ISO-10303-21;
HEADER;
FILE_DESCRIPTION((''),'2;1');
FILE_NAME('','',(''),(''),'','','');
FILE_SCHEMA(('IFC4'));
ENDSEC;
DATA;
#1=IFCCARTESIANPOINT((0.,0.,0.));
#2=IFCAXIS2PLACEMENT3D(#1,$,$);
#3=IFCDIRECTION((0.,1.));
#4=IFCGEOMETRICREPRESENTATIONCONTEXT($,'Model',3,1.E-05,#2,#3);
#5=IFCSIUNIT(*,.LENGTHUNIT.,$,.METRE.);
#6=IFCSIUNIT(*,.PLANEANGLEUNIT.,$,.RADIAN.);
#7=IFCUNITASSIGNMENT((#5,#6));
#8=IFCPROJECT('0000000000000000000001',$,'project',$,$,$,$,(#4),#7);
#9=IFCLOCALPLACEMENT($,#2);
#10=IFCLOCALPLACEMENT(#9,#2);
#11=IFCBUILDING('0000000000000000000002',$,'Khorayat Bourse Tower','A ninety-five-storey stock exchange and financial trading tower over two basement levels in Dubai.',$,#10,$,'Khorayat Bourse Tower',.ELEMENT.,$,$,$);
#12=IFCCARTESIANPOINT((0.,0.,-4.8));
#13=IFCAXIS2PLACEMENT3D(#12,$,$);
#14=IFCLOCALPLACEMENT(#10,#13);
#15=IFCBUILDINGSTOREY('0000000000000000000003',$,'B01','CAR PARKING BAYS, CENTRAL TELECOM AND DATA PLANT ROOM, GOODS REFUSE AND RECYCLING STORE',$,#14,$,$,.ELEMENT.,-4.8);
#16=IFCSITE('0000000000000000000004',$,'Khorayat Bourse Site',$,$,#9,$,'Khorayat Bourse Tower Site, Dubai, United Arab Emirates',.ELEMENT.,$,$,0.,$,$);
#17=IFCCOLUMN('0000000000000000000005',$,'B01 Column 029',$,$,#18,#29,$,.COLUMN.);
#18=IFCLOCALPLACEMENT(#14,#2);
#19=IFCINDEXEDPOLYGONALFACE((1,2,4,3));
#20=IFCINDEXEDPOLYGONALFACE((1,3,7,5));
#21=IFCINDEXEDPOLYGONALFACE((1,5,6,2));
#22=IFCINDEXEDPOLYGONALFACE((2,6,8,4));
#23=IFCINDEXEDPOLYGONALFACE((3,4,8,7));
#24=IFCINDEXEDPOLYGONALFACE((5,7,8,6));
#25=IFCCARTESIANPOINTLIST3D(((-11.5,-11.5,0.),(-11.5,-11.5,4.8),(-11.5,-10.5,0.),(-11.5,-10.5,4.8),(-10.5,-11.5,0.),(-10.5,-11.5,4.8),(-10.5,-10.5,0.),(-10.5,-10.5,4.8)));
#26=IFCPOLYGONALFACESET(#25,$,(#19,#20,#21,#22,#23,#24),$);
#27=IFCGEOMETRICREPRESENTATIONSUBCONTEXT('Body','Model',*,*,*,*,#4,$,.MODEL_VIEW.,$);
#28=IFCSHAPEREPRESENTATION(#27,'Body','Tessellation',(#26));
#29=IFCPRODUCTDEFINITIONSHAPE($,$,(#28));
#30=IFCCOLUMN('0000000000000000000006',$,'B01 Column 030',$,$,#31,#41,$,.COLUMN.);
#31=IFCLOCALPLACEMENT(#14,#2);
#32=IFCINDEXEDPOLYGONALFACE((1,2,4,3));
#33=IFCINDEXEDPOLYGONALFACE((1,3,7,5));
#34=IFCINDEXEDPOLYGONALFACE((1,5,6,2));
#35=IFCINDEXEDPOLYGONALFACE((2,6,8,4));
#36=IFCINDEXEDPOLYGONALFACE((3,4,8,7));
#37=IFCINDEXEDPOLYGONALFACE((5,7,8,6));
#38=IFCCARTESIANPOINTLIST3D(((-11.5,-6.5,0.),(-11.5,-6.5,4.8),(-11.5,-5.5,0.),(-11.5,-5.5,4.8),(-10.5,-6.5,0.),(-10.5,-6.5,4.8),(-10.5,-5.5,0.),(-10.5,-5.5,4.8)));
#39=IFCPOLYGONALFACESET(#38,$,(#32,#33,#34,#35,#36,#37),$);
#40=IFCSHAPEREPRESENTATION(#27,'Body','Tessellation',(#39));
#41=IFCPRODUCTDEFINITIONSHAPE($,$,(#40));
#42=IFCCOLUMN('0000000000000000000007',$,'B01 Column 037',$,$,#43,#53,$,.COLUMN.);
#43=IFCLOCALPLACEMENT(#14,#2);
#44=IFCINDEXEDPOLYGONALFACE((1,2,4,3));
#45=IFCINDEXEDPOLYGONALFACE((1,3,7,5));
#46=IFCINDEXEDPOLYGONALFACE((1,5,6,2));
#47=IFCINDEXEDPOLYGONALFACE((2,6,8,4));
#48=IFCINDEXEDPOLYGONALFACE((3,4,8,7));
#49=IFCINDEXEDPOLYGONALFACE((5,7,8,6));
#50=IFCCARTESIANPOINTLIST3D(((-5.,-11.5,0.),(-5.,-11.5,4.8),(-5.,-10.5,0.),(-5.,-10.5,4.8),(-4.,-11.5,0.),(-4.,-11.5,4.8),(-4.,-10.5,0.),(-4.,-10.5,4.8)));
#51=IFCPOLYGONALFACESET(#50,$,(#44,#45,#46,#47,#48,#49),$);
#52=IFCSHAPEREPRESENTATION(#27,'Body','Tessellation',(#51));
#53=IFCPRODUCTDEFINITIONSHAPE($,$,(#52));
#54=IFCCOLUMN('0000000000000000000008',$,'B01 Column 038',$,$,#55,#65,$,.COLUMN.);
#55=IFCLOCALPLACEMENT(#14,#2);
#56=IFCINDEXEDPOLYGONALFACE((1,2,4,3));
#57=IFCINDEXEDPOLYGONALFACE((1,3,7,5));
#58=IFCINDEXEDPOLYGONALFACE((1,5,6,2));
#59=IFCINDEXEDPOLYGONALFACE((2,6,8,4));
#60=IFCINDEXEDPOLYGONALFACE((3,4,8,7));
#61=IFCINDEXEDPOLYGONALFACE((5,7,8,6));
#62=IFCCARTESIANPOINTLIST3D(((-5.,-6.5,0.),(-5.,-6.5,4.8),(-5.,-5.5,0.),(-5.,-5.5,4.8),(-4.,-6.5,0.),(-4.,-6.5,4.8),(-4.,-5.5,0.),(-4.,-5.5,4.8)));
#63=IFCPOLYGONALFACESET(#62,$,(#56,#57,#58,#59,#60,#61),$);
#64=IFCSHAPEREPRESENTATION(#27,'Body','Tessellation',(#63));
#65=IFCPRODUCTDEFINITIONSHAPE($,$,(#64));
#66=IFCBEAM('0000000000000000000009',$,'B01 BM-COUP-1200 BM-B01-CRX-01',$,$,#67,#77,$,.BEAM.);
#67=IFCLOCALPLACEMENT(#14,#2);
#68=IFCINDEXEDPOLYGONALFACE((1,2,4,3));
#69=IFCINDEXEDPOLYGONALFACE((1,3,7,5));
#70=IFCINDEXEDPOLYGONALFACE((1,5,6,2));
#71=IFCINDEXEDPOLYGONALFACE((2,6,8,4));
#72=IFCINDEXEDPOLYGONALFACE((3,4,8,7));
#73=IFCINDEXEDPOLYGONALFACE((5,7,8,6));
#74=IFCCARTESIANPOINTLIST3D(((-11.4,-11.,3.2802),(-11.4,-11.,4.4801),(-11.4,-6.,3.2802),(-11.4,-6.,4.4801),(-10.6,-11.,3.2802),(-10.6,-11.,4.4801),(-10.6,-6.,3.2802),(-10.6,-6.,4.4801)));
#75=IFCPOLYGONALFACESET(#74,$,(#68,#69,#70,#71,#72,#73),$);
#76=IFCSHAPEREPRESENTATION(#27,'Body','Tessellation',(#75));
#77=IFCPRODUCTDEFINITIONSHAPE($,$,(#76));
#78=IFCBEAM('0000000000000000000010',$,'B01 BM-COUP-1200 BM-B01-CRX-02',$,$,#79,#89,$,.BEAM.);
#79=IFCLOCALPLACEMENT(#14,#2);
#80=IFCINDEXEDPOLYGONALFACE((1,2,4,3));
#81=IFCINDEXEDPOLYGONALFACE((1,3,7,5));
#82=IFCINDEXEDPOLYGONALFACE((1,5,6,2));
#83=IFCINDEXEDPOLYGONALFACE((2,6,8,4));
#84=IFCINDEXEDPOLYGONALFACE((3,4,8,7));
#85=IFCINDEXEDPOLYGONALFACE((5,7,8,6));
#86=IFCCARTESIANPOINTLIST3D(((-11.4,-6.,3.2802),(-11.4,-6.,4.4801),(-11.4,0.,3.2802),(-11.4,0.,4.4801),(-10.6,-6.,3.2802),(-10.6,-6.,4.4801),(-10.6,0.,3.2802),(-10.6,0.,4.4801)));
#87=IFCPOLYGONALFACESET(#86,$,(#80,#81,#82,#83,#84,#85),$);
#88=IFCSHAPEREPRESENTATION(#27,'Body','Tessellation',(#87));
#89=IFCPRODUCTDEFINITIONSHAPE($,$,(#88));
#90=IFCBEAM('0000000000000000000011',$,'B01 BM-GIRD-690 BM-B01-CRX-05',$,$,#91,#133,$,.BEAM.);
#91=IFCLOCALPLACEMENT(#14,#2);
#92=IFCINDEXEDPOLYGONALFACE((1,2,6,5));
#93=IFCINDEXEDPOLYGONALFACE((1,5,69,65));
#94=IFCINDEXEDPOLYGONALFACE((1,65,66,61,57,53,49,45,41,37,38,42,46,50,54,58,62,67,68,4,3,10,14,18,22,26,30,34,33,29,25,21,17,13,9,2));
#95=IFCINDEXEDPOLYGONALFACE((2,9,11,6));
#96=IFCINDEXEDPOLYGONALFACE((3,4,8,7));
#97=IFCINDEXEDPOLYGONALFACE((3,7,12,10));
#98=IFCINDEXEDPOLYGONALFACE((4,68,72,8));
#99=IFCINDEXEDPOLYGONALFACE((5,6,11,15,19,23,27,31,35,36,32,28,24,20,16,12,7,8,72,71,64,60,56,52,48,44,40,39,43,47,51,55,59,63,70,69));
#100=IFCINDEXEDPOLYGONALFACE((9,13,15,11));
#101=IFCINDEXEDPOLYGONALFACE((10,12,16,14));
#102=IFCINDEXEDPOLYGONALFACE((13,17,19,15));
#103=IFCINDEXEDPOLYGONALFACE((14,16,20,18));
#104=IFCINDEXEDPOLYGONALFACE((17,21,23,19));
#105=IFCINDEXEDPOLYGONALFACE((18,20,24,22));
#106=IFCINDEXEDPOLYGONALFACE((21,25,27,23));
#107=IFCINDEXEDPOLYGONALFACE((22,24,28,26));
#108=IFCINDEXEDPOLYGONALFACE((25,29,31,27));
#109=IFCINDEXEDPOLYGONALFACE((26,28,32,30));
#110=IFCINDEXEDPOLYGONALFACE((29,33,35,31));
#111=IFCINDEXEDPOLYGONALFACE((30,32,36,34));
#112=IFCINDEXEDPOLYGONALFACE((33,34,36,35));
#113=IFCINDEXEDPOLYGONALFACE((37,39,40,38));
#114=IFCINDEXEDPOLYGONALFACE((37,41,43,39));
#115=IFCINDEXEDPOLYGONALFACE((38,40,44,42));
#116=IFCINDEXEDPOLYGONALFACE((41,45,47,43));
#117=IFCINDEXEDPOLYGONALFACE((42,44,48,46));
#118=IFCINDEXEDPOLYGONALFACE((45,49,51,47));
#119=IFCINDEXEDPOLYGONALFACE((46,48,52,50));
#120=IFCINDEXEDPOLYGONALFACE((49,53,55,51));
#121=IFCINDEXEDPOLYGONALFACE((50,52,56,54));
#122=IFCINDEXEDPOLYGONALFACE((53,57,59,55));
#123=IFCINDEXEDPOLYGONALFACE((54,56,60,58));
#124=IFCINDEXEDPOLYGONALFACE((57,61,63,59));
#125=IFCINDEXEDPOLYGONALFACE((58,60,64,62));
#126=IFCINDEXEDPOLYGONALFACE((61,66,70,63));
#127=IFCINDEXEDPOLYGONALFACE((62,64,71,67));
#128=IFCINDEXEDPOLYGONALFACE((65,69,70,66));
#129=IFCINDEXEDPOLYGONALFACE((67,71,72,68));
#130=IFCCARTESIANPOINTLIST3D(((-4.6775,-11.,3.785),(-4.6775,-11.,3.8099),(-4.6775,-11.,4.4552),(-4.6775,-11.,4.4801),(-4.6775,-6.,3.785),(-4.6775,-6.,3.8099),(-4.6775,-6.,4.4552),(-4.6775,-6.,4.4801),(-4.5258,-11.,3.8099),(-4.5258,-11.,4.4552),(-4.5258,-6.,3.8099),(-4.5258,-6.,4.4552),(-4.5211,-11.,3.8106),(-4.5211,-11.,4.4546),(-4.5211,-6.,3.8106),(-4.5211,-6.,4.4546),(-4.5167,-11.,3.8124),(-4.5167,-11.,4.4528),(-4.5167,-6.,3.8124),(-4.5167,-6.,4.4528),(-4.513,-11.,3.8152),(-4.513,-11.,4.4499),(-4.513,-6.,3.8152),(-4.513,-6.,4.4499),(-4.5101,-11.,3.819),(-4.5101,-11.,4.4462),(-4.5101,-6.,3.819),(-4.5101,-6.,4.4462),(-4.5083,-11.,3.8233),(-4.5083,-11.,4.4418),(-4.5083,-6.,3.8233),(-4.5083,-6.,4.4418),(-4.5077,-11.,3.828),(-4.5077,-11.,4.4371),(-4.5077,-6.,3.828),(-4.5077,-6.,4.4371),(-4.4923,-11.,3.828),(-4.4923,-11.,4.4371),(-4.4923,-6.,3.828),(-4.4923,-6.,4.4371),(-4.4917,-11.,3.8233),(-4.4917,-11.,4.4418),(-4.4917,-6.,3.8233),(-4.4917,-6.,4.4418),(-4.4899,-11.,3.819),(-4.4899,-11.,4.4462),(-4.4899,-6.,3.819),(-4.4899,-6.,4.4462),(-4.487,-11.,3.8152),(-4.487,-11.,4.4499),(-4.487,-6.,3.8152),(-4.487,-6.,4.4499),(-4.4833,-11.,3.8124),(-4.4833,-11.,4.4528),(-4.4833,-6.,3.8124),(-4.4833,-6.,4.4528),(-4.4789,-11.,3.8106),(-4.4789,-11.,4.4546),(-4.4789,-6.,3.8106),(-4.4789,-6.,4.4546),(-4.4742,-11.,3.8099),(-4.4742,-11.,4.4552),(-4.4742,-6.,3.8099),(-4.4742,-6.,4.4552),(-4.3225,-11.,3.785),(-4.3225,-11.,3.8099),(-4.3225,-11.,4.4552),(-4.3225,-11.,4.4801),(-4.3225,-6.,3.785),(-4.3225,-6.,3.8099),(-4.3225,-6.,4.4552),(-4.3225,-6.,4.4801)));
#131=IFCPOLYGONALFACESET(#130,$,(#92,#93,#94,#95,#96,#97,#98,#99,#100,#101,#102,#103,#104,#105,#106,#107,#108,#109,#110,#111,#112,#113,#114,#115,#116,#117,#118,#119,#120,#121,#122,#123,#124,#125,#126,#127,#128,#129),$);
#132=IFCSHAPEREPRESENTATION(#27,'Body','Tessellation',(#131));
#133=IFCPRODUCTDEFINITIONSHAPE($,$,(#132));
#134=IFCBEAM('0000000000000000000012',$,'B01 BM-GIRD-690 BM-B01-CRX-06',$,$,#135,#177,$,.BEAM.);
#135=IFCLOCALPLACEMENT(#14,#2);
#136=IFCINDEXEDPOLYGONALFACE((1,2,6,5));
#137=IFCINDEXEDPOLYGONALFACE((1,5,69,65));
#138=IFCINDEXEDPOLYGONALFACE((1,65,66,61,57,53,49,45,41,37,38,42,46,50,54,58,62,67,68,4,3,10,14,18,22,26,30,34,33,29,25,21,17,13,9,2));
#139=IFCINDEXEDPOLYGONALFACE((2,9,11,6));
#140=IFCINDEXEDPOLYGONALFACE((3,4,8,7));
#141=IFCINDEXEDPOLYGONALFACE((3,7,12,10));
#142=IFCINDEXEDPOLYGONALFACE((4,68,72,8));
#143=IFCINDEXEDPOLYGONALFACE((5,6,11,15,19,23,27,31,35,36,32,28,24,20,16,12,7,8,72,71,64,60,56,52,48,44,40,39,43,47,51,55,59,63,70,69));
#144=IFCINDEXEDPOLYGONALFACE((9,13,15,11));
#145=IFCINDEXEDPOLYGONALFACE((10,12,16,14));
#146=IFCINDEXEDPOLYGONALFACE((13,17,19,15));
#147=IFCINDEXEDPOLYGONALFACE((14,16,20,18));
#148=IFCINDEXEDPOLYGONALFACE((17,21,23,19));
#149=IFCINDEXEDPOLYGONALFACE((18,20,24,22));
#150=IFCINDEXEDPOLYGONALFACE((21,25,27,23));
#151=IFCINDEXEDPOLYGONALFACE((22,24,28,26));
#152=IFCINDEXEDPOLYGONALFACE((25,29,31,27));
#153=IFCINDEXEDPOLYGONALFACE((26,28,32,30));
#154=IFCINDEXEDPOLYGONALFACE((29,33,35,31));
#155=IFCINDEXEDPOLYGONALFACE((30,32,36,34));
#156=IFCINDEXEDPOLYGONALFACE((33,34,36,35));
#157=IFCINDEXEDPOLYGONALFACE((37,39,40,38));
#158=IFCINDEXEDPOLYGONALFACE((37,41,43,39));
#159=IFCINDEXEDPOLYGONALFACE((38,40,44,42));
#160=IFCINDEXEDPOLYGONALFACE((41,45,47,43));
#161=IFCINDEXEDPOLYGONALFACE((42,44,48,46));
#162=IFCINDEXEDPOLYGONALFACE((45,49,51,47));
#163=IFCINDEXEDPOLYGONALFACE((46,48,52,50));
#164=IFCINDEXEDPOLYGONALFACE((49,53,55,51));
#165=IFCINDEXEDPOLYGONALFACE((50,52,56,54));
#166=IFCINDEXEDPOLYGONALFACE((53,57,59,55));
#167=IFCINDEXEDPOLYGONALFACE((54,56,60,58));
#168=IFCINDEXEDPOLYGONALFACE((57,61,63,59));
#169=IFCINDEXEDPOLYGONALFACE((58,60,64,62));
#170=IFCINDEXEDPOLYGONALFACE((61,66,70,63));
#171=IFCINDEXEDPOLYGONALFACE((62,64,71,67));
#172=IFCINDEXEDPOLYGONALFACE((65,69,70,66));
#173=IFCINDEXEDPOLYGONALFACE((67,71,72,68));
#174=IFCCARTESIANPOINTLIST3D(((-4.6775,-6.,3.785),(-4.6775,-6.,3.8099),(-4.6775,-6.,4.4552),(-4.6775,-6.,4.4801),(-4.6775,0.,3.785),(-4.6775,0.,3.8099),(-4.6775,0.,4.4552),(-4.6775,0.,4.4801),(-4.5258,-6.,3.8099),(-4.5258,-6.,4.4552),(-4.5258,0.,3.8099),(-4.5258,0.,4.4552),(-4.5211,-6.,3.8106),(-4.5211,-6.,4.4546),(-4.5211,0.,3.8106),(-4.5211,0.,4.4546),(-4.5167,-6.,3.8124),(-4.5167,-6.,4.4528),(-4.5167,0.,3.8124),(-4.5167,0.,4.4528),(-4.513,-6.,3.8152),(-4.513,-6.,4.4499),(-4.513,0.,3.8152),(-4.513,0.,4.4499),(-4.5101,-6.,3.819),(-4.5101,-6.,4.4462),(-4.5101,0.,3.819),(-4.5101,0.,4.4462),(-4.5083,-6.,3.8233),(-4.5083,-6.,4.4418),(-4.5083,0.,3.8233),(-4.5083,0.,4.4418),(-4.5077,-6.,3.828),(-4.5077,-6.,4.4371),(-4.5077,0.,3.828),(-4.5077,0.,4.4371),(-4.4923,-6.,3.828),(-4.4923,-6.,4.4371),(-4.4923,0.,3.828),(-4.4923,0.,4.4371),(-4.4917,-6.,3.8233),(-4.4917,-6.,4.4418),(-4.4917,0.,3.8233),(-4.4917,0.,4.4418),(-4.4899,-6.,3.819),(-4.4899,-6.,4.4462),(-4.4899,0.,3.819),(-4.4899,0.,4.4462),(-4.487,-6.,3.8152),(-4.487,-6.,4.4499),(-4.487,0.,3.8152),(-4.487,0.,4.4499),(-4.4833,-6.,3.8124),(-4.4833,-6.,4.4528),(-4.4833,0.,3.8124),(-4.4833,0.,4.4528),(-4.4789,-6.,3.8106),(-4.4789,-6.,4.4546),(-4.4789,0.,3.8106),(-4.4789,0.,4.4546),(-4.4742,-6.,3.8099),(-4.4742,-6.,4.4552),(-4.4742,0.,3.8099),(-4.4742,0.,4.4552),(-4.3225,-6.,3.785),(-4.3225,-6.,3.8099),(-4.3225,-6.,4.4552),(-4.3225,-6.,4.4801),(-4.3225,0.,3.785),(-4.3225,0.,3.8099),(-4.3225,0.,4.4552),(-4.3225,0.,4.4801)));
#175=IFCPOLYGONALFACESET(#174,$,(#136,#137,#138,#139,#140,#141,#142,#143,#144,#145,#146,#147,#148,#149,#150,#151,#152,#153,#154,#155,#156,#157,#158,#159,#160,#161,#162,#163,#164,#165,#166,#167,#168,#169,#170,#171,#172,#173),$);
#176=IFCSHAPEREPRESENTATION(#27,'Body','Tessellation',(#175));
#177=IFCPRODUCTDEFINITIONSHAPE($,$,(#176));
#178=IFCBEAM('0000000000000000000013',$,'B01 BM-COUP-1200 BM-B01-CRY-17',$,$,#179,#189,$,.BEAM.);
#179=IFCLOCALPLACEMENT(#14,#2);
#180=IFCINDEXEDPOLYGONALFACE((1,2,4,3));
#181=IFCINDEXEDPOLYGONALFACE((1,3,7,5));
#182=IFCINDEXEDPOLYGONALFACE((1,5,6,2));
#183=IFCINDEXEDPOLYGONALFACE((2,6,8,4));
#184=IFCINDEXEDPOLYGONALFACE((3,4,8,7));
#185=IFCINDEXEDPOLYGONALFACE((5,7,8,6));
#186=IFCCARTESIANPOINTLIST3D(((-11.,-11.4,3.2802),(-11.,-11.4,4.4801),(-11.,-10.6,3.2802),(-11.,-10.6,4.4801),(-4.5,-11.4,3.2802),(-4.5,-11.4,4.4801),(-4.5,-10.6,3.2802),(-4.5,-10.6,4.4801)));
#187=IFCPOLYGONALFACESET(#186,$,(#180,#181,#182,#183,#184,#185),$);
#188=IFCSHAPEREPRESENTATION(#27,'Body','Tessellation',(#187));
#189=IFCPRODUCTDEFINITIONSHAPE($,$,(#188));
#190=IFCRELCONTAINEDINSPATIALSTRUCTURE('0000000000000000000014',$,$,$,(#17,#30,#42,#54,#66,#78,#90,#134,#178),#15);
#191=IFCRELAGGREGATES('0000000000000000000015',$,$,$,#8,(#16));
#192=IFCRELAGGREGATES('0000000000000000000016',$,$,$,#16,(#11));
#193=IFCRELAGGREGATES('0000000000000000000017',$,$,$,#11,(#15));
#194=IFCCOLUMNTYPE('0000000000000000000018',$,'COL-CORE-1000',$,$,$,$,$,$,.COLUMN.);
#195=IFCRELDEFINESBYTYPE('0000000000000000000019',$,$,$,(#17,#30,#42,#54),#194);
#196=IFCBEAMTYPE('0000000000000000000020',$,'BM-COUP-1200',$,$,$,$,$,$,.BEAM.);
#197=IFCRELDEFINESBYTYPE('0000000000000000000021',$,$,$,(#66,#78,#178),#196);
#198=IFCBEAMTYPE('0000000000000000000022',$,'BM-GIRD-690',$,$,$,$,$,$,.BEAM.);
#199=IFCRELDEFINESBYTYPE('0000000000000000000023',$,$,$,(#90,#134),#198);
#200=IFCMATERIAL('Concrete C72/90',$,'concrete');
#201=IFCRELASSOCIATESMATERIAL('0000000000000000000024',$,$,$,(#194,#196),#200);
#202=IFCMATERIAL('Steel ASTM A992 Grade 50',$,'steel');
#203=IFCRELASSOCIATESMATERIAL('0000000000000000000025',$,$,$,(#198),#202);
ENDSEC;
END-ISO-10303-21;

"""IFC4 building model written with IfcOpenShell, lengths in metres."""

from ifc_helpers import new_model, si_unit, direction, frame, origin, origin_2d, place, context, subcontext, project, spatial, rectangle, i_section, extrude, source, transform, mapped, material, material_profile, profile_set, type_object, element, save


model = new_model("IFC4")

# Units and contexts
model_context = context("Model", 3, precision=1e-05, world=origin(), true_north=direction((0.0, 1.0)))
body_context = subcontext(model_context, "Body", "Model", "MODEL_VIEW")
ifc_project = project(units=[si_unit("LENGTHUNIT", "METRE"), si_unit("PLANEANGLEUNIT", "RADIAN")], contexts=[model_context])

# Site, building, storey
site_placement = place(None, origin())
site = spatial("IfcSite", under=ifc_project, at=site_placement, Name="Khorayat Bourse Site", LongName="Khorayat Bourse Tower Site, Dubai, United Arab Emirates", CompositionType="ELEMENT", RefElevation=0.0)
building_placement = place(site_placement, origin())
building = spatial("IfcBuilding", under=site, at=building_placement, Name="Khorayat Bourse Tower", Description="A ninety-five-storey stock exchange and financial trading tower over two basement levels in Dubai.", LongName="Khorayat Bourse Tower", CompositionType="ELEMENT")
storey_placement = place(building_placement, frame((0.0, 0.0, -4.8)))
storey = spatial("IfcBuildingStorey", under=building, at=storey_placement, Name="B01", Description="CAR PARKING BAYS, CENTRAL TELECOM AND DATA PLANT ROOM, GOODS REFUSE AND RECYCLING STORE", CompositionType="ELEMENT", Elevation=-4.8)

# Columns
ifc_material_1 = material(Name="Concrete C72/90", Category="concrete")
ifc_material_profile_1 = material_profile(ifc_material_1, rectangle(XDim=1.0, YDim=1.0, at=origin_2d()), Name="RC 1000x1000")
ifc_profile_set_1 = profile_set([ifc_material_profile_1], Name="Concrete C72/90")
column_type = type_object("IfcColumnType", Name="COL-CORE-1000", PredefinedType="COLUMN", material=ifc_profile_set_1)
shared_shape_1 = source(origin(), body_context, "Body", "SweptSolid", [
    extrude(rectangle(XDim=1.0, YDim=1.0, at=origin_2d()), origin(), (0.0, 0.0, 1.0), 4.8),
])
for number, where, z_axis, x_axis, name in (
    (1, (-11.0, -11.0, 0.0), (0.0, 0.0, 1.0), (1.0, 0.0, 0.0), "B01 Column 029"),
    (2, (-11.0, -6.0, 0.0), (0.0, 0.0, 1.0), (1.0, 0.0, 0.0), "B01 Column 030"),
    (3, (-4.5, -11.0, 0.0), (0.0, 0.0, 1.0), (1.0, 0.0, 0.0), "B01 Column 037"),
    (4, (-4.5, -6.0, 0.0), (0.0, 0.0, 1.0), (1.0, 0.0, 0.0), "B01 Column 038"),
):
    element("IfcColumn", number, at=place(storey_placement, frame(where, z_axis=z_axis, x_axis=x_axis)), inside=storey, type_object=column_type, Name=name, PredefinedType="COLUMN", context=body_context, shape_type="MappedRepresentation", body=[
        mapped(shared_shape_1, transform((0.0, 0.0, 0.0), scale=1.0)),
    ])

# Beams
ifc_material_profile_2 = material_profile(ifc_material_1, rectangle(XDim=0.8, YDim=1.2, at=origin_2d()), Name="RC 800x1200")
ifc_profile_set_2 = profile_set([ifc_material_profile_2], Name="Concrete C72/90")
beam_type_1 = type_object("IfcBeamType", Name="BM-COUP-1200", PredefinedType="BEAM", material=ifc_profile_set_2)
shared_shape_2 = source(origin(), body_context, "Body", "SweptSolid", [
    extrude(rectangle(XDim=0.8, YDim=1.2, at=origin_2d()), origin(), (0.0, 0.0, 1.0), 5.0),
])
beam_1_placement = place(storey_placement, frame((-11.0, -11.0, 3.8801), z_axis=(0.0, 1.0, 0.0), x_axis=(-1.0, 0.0, 0.0)))
element("IfcBeam", 5, at=beam_1_placement, inside=storey, type_object=beam_type_1, Name="B01 BM-COUP-1200 BM-B01-CRX-01", PredefinedType="BEAM", context=body_context, shape_type="MappedRepresentation", body=[
    mapped(shared_shape_2, transform((0.0, 0.0, 0.0), scale=1.0)),
])
shared_shape_3 = source(origin(), body_context, "Body", "SweptSolid", [
    extrude(rectangle(XDim=0.8, YDim=1.2, at=origin_2d()), origin(), (0.0, 0.0, 1.0), 6.0),
])
beam_2_placement = place(storey_placement, frame((-11.0, -6.0, 3.8801), z_axis=(0.0, 1.0, 0.0), x_axis=(-1.0, 0.0, 0.0)))
element("IfcBeam", 6, at=beam_2_placement, inside=storey, type_object=beam_type_1, Name="B01 BM-COUP-1200 BM-B01-CRX-02", PredefinedType="BEAM", context=body_context, shape_type="MappedRepresentation", body=[
    mapped(shared_shape_3, transform((0.0, 0.0, 0.0), scale=1.0)),
])
ifc_material_2 = material(Name="Steel ASTM A992 Grade 50", Category="steel")
ifc_material_profile_3 = material_profile(ifc_material_2, i_section(OverallWidth=0.355, OverallDepth=0.6951, WebThickness=0.0154, FlangeThickness=0.0249, FilletRadius=0.0181, at=origin_2d()), Name="W690X217")
ifc_profile_set_3 = profile_set([ifc_material_profile_3], Name="Steel ASTM A992 Grade 50")
beam_type_2 = type_object("IfcBeamType", Name="BM-GIRD-690", PredefinedType="BEAM", material=ifc_profile_set_3)
shared_shape_4 = source(origin(), body_context, "Body", "SweptSolid", [
    extrude(i_section(OverallWidth=0.355, OverallDepth=0.6951, WebThickness=0.0154, FlangeThickness=0.0249, FilletRadius=0.0181, at=origin_2d()), origin(), (0.0, 0.0, 1.0), 5.0),
])
beam_3_placement = place(storey_placement, frame((-4.5, -11.0, 4.1326), z_axis=(0.0, 1.0, 0.0), x_axis=(-1.0, 0.0, 0.0)))
element("IfcBeam", 7, at=beam_3_placement, inside=storey, type_object=beam_type_2, Name="B01 BM-GIRD-690 BM-B01-CRX-05", PredefinedType="BEAM", context=body_context, shape_type="MappedRepresentation", body=[
    mapped(shared_shape_4, transform((0.0, 0.0, 0.0), scale=1.0)),
])
shared_shape_5 = source(origin(), body_context, "Body", "SweptSolid", [
    extrude(i_section(OverallWidth=0.355, OverallDepth=0.6951, WebThickness=0.0154, FlangeThickness=0.0249, FilletRadius=0.0181, at=origin_2d()), origin(), (0.0, 0.0, 1.0), 6.0),
])
beam_4_placement = place(storey_placement, frame((-4.5, -6.0, 4.1326), z_axis=(0.0, 1.0, 0.0), x_axis=(-1.0, 0.0, 0.0)))
element("IfcBeam", 8, at=beam_4_placement, inside=storey, type_object=beam_type_2, Name="B01 BM-GIRD-690 BM-B01-CRX-06", PredefinedType="BEAM", context=body_context, shape_type="MappedRepresentation", body=[
    mapped(shared_shape_5, transform((0.0, 0.0, 0.0), scale=1.0)),
])
shared_shape_6 = source(origin(), body_context, "Body", "SweptSolid", [
    extrude(rectangle(XDim=0.8, YDim=1.2, at=origin_2d()), origin(), (0.0, 0.0, 1.0), 6.5),
])
beam_5_placement = place(storey_placement, frame((-11.0, -11.0, 3.8801), z_axis=(1.0, 0.0, 0.0), x_axis=(0.0, 1.0, 0.0)))
element("IfcBeam", 9, at=beam_5_placement, inside=storey, type_object=beam_type_1, Name="B01 BM-COUP-1200 BM-B01-CRY-17", PredefinedType="BEAM", context=body_context, shape_type="MappedRepresentation", body=[
    mapped(shared_shape_6, transform((0.0, 0.0, 0.0), scale=1.0)),
])

save(model, "model.ifc")
